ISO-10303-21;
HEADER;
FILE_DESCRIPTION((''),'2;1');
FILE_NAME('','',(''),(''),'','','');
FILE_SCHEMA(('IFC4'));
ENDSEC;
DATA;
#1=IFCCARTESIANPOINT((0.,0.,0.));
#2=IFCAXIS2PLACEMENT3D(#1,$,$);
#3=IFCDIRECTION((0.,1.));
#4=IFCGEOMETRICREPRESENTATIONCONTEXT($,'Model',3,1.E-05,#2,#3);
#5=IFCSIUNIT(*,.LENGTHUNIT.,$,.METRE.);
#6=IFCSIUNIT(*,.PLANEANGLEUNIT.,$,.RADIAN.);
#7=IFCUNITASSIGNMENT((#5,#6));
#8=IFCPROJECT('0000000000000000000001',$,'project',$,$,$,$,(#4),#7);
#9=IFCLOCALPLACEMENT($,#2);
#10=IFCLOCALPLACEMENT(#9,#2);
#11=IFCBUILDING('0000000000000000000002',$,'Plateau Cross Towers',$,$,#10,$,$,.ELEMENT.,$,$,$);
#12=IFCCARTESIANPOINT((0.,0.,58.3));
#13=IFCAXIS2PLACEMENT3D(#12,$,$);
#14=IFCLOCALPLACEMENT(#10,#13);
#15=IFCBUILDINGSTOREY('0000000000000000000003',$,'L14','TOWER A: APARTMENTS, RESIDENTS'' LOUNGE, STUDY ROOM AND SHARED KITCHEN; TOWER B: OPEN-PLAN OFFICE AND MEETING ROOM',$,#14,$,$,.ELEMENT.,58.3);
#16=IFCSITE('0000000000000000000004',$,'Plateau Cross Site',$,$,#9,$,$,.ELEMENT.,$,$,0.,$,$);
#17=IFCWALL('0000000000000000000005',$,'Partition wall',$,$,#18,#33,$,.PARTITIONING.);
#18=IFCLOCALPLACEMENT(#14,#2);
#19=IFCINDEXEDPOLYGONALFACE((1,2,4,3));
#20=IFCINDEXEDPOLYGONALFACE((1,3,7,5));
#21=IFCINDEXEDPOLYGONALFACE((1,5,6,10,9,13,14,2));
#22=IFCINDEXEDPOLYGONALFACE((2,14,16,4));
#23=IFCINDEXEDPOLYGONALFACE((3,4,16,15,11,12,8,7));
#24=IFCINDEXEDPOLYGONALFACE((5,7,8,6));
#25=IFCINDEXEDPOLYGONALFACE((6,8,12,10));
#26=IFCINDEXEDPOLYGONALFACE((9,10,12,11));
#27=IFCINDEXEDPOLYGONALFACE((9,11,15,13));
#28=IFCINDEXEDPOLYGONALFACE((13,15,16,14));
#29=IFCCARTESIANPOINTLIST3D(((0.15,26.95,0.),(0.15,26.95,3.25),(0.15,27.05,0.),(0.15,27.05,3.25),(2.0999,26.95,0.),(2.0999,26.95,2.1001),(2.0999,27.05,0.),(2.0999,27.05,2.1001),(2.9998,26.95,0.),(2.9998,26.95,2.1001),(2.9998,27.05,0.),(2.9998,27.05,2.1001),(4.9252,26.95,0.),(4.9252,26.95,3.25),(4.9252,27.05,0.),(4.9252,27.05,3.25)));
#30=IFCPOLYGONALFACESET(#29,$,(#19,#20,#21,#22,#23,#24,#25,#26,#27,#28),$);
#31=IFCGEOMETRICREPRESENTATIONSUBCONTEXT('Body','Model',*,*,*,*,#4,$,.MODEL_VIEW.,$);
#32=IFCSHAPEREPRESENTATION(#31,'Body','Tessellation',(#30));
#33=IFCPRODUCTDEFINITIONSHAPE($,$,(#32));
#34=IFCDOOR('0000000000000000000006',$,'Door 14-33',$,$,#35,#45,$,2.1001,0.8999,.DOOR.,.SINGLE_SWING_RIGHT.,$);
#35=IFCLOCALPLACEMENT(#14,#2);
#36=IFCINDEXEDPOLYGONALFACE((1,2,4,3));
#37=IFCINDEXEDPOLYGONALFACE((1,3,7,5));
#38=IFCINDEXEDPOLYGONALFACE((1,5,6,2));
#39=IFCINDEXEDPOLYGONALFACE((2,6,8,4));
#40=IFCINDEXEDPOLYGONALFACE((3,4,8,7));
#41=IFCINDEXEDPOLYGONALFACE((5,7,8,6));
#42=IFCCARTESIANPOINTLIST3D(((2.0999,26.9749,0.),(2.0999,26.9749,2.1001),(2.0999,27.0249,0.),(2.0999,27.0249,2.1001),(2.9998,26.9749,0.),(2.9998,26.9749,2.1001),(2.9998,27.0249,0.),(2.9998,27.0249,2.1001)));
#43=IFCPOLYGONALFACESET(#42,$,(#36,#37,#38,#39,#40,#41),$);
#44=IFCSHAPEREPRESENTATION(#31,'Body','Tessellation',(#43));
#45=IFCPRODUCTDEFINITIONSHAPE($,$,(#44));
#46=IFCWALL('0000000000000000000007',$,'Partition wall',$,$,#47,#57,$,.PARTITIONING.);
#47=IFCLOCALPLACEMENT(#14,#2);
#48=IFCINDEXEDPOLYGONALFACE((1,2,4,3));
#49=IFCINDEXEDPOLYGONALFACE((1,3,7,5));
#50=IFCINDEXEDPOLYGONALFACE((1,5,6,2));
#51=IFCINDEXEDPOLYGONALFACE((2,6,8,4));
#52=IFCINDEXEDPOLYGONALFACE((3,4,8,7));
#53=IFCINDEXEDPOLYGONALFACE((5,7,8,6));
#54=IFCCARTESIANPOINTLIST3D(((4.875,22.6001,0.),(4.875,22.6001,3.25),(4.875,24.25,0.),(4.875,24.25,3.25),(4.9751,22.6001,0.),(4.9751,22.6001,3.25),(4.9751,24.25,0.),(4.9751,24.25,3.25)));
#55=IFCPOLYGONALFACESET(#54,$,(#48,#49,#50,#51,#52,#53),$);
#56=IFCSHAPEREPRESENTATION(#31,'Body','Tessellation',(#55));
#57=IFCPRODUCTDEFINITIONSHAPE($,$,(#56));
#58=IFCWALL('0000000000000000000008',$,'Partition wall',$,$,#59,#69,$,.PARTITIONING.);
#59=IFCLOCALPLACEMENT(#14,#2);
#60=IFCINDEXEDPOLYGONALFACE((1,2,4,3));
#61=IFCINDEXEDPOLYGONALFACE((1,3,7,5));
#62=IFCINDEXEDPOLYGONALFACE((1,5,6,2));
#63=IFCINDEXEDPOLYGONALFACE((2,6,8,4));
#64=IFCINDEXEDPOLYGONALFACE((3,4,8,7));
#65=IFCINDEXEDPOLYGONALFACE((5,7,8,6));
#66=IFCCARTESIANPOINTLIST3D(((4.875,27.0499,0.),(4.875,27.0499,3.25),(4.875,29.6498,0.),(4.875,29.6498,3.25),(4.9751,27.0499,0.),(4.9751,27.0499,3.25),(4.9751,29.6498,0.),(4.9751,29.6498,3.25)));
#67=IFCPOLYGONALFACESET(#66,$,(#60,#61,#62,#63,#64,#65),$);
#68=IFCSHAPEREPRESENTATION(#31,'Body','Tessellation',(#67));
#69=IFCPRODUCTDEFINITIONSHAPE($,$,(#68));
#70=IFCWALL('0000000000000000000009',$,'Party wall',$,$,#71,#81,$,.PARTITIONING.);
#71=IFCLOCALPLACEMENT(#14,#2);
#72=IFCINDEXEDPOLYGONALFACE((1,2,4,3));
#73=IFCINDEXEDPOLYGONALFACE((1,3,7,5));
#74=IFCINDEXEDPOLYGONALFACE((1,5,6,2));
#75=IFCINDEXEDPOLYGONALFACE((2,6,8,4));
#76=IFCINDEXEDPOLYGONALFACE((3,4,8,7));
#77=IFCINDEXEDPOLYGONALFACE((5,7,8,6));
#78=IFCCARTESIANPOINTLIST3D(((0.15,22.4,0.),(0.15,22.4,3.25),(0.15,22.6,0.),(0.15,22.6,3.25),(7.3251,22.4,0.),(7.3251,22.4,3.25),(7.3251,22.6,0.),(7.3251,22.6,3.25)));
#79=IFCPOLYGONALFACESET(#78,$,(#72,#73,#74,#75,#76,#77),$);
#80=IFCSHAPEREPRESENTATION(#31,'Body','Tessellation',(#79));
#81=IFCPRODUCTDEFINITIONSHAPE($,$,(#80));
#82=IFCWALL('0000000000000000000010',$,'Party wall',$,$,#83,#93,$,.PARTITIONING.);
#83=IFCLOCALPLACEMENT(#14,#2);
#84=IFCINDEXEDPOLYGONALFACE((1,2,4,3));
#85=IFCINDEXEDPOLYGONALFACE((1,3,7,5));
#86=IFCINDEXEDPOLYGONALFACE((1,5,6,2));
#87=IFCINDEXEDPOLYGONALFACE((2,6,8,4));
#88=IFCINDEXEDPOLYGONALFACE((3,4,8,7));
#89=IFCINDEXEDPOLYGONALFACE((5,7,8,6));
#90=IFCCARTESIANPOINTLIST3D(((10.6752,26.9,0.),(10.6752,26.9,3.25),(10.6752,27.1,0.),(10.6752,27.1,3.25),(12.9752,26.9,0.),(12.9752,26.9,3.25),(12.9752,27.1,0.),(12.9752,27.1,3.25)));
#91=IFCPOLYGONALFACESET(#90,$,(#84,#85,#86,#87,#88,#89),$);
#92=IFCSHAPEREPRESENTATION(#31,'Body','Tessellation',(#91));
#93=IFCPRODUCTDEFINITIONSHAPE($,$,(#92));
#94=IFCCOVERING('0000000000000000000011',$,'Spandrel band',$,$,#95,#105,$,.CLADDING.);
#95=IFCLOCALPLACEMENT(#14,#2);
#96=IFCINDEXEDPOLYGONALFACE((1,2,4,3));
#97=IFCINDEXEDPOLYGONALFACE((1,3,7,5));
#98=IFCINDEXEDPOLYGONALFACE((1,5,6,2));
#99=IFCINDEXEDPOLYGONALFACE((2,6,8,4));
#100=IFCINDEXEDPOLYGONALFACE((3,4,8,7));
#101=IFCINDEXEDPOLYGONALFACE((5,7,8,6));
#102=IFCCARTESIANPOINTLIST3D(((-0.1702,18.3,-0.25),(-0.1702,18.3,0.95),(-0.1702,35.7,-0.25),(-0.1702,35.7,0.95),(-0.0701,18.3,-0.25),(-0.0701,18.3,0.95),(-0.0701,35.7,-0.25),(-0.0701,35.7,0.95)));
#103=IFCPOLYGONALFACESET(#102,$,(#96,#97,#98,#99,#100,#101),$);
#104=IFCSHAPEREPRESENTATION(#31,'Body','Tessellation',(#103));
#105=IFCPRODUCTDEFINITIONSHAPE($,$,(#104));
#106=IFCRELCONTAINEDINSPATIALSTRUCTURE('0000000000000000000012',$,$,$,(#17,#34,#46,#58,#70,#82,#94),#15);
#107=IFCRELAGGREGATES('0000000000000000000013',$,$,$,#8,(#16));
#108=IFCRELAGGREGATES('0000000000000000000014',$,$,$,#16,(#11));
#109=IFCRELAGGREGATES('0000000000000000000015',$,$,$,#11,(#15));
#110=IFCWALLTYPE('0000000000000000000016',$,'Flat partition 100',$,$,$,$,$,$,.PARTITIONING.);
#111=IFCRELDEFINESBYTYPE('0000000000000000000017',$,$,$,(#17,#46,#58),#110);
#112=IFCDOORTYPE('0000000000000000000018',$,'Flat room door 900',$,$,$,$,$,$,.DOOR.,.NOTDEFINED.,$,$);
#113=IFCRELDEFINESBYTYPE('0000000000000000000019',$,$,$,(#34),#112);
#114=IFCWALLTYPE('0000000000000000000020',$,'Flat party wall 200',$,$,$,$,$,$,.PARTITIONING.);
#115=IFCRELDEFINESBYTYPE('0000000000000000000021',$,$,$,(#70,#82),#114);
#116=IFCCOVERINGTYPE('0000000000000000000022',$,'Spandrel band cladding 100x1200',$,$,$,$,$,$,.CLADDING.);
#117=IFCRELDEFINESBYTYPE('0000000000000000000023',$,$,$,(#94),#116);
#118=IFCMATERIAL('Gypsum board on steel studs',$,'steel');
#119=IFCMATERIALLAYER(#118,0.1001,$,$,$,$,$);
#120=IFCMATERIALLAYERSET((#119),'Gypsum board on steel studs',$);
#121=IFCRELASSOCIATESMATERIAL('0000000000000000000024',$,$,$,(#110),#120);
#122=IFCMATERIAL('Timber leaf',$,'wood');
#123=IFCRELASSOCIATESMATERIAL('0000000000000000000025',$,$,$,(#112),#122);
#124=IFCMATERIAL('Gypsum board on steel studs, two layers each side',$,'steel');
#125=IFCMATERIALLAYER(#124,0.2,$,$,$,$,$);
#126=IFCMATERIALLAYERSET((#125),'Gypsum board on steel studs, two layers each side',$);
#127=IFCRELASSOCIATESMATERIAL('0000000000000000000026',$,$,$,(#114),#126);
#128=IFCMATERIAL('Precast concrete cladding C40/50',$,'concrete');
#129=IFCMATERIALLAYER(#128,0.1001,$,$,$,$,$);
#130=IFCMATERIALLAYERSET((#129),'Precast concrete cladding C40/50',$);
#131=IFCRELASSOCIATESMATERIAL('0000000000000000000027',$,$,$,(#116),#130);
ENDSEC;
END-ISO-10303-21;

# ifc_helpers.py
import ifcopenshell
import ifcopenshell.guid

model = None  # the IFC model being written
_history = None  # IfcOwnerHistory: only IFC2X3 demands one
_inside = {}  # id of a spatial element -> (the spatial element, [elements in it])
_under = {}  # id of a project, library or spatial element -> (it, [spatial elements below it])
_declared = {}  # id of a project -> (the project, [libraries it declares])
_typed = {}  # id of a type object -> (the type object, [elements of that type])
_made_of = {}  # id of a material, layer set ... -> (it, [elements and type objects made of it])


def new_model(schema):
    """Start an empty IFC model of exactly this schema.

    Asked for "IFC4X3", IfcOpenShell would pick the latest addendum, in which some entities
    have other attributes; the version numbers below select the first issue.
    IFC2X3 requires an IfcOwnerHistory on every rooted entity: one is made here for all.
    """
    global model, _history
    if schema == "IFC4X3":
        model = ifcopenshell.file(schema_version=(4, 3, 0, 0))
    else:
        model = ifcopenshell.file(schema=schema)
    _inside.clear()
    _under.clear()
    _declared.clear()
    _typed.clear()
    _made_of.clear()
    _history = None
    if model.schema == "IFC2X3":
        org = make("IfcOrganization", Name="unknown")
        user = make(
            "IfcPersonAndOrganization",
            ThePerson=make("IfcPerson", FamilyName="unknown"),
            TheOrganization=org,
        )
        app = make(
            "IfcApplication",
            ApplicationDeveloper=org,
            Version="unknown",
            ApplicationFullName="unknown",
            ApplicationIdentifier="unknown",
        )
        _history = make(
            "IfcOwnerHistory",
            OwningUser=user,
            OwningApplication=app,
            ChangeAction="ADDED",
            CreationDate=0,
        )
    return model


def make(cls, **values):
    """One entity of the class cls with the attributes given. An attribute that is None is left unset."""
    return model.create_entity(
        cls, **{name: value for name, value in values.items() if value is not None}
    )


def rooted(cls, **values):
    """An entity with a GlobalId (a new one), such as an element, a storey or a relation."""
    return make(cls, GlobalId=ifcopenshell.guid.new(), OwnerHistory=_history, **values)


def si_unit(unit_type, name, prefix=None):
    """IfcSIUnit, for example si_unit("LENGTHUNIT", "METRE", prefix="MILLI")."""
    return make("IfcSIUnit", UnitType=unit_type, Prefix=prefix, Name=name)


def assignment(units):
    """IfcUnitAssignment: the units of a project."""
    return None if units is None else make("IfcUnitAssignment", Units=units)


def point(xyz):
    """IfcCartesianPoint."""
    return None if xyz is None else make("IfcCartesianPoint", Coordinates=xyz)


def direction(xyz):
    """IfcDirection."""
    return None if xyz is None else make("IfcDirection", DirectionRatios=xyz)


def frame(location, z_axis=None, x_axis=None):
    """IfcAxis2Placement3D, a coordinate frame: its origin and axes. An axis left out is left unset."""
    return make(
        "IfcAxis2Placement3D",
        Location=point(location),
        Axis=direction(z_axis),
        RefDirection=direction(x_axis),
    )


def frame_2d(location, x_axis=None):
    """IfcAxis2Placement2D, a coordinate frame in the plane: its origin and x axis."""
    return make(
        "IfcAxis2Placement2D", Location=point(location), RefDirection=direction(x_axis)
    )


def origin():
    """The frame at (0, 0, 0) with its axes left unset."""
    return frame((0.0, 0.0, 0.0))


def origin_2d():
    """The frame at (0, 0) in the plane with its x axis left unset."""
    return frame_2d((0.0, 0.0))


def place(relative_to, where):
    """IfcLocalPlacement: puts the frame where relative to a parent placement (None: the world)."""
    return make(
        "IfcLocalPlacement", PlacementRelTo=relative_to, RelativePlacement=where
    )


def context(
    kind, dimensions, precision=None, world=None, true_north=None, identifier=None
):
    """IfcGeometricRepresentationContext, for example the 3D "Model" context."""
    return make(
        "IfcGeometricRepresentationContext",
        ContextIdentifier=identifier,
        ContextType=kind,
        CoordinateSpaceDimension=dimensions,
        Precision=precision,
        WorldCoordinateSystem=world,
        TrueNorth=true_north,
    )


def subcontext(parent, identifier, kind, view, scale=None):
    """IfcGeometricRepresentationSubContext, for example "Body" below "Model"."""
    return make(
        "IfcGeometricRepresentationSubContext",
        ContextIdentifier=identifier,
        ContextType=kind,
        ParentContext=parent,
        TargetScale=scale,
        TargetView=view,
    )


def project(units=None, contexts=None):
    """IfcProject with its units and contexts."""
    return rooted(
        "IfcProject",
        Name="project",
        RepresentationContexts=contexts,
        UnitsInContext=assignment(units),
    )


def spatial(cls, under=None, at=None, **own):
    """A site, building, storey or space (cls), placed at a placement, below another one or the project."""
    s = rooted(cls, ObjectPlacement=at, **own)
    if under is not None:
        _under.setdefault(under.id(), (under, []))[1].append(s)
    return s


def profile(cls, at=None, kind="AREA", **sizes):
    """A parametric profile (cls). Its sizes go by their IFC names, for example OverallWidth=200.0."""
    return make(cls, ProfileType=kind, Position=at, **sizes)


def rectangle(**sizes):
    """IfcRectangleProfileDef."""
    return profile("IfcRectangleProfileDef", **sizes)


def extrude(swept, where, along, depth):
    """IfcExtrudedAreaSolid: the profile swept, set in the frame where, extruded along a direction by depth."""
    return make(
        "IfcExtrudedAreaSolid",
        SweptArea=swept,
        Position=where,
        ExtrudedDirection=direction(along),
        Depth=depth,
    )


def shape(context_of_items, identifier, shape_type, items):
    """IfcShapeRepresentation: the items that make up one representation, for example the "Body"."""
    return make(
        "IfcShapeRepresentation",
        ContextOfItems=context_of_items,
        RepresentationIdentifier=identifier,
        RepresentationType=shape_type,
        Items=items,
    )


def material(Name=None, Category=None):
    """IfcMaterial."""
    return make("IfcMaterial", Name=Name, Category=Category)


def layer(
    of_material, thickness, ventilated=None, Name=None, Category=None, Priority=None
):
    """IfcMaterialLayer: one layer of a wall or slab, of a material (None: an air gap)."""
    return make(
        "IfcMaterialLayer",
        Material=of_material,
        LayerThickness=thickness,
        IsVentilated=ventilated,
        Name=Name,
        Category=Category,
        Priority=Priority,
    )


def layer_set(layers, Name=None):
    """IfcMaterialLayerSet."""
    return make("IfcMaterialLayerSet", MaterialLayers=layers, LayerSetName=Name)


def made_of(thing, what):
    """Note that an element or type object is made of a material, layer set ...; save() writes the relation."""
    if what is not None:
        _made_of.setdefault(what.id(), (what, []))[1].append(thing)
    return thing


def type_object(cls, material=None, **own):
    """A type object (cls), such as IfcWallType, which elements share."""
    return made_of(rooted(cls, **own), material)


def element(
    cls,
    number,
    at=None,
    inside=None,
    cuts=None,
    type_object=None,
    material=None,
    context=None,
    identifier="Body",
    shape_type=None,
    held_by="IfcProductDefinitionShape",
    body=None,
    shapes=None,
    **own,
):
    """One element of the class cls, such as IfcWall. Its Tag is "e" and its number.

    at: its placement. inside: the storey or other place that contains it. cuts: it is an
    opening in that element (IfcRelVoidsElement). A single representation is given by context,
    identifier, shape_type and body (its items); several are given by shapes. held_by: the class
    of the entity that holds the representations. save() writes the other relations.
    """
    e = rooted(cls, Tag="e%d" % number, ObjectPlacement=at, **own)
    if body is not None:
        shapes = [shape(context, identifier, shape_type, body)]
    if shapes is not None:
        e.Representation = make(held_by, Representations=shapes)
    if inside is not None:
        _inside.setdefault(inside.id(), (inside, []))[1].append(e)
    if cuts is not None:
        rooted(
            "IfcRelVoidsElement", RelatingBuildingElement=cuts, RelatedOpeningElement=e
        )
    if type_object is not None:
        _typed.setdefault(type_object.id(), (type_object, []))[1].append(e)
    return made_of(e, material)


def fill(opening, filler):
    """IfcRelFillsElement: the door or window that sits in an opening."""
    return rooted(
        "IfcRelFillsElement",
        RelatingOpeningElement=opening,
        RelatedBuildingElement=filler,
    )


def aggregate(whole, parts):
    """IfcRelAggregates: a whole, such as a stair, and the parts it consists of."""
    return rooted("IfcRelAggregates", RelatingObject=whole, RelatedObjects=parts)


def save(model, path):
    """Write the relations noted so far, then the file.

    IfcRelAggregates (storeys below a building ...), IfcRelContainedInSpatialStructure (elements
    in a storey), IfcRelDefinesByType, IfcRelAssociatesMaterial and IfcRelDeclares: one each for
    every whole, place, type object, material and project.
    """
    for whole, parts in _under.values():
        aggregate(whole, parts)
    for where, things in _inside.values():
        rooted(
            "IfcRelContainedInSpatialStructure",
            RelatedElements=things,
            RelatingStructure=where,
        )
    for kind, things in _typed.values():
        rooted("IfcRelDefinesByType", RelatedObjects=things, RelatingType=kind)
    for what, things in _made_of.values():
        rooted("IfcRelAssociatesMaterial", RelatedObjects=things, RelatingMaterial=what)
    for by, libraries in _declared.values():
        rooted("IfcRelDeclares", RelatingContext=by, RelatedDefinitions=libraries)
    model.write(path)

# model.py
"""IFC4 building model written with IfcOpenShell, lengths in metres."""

from ifc_helpers import new_model, si_unit, direction, frame, frame_2d, origin, origin_2d, place, context, subcontext, project, spatial, rectangle, extrude, material, layer, layer_set, type_object, element, fill, save


model = new_model("IFC4")

# Units and contexts
model_context = context("Model", 3, precision=1e-05, world=origin(), true_north=direction((0.0, 1.0)))
body_context = subcontext(model_context, "Body", "Model", "MODEL_VIEW")
ifc_project = project(units=[si_unit("LENGTHUNIT", "METRE"), si_unit("PLANEANGLEUNIT", "RADIAN")], contexts=[model_context])

# Site, building, storey
site_placement = place(None, origin())
site = spatial("IfcSite", under=ifc_project, at=site_placement, Name="Plateau Cross Site", CompositionType="ELEMENT", RefElevation=0.0)
building_placement = place(site_placement, origin())
building = spatial("IfcBuilding", under=site, at=building_placement, Name="Plateau Cross Towers", CompositionType="ELEMENT")
storey_placement = place(building_placement, frame((0.0, 0.0, 58.3)))
storey = spatial("IfcBuildingStorey", under=building, at=storey_placement, Name="L14", Description="TOWER A: APARTMENTS, RESIDENTS' LOUNGE, STUDY ROOM AND SHARED KITCHEN; TOWER B: OPEN-PLAN OFFICE AND MEETING ROOM", CompositionType="ELEMENT", Elevation=58.3)

# Wall, opening, door
ifc_material_1 = material(Name="Gypsum board on steel studs", Category="steel")
ifc_layer_1 = layer(ifc_material_1, 0.1001)
ifc_layer_set_1 = layer_set([ifc_layer_1], Name="Gypsum board on steel studs")
wall_type_1 = type_object("IfcWallType", Name="Flat partition 100", PredefinedType="PARTITIONING", material=ifc_layer_set_1)
ifc_material_2 = material(Name="Timber leaf", Category="wood")
door_type_1 = type_object("IfcDoorType", Name="Flat room door 900", OperationType="NOTDEFINED", PredefinedType="DOOR", material=ifc_material_2)
wall_1_placement = place(storey_placement, frame((0.1499, 27.0, 0.0), z_axis=(0.0, 0.0, 1.0), x_axis=(1.0, 0.0, 0.0)))
wall_1 = element("IfcWall", 1, at=wall_1_placement, inside=storey, type_object=wall_type_1, Name="Partition wall", PredefinedType="PARTITIONING", context=body_context, shape_type="SweptSolid", body=[
    extrude(rectangle(XDim=4.7751, YDim=0.1001, at=frame_2d((2.3877, 0.0))), origin(), (0.0, 0.0, 1.0), 3.25),
])
opening_1_placement = place(wall_1_placement, frame((1.95, 0.0, 0.0)))
opening_1 = element("IfcOpeningElement", 2, at=opening_1_placement, cuts=wall_1, PredefinedType="OPENING", context=body_context, shape_type="SweptSolid", body=[
    extrude(rectangle(XDim=0.8999, YDim=2.1001, at=frame_2d((0.45, 1.05))), frame((0.0, 0.0601, 0.0), z_axis=(0.0, -1.0, 0.0), x_axis=(1.0, 0.0, 0.0)), (0.0, 0.0, 1.0), 0.1201),
])
door_1_placement = place(opening_1_placement, origin())
door_1 = element("IfcDoor", 3, at=door_1_placement, inside=storey, type_object=door_type_1, Name="Door 14-33", OperationType="SINGLE_SWING_RIGHT", OverallHeight=2.1001, OverallWidth=0.8999, PredefinedType="DOOR", context=body_context, shape_type="SweptSolid", body=[
    extrude(rectangle(XDim=0.8999, YDim=2.1001, at=frame_2d((0.45, 1.05))), frame((0.0, 0.0249, 0.0), z_axis=(0.0, -1.0, 0.0), x_axis=(1.0, 0.0, 0.0)), (0.0, 0.0, 1.0), 0.05),
])
fill(opening_1, door_1)

# Walls
wall_2_placement = place(storey_placement, frame((4.925, 24.25, 0.0), z_axis=(0.0, 0.0, 1.0), x_axis=(0.0, -1.0, 0.0)))
element("IfcWall", 4, at=wall_2_placement, inside=storey, type_object=wall_type_1, Name="Partition wall", PredefinedType="PARTITIONING", context=body_context, shape_type="SweptSolid", body=[
    extrude(rectangle(XDim=1.6499, YDim=0.1001, at=frame_2d((0.825, 0.0))), origin(), (0.0, 0.0, 1.0), 3.25),
])
wall_3_placement = place(storey_placement, frame((4.925, 27.05, 0.0), z_axis=(0.0, 0.0, 1.0), x_axis=(0.0, 1.0, 0.0)))
element("IfcWall", 5, at=wall_3_placement, inside=storey, type_object=wall_type_1, Name="Partition wall", PredefinedType="PARTITIONING", context=body_context, shape_type="SweptSolid", body=[
    extrude(rectangle(XDim=2.5999, YDim=0.1001, at=frame_2d((1.2998, 0.0))), origin(), (0.0, 0.0, 1.0), 3.25),
])
ifc_material_3 = material(Name="Gypsum board on steel studs, two layers each side", Category="steel")
ifc_layer_2 = layer(ifc_material_3, 0.2)
ifc_layer_set_2 = layer_set([ifc_layer_2], Name="Gypsum board on steel studs, two layers each side")
wall_type_2 = type_object("IfcWallType", Name="Flat party wall 200", PredefinedType="PARTITIONING", material=ifc_layer_set_2)
wall_4_placement = place(storey_placement, frame((7.325, 22.5, 0.0), z_axis=(0.0, 0.0, 1.0), x_axis=(-1.0, 0.0, 0.0)))
element("IfcWall", 6, at=wall_4_placement, inside=storey, type_object=wall_type_2, Name="Party wall", PredefinedType="PARTITIONING", context=body_context, shape_type="SweptSolid", body=[
    extrude(rectangle(XDim=7.175, YDim=0.2, at=frame_2d((3.5874, 0.0))), origin(), (0.0, 0.0, 1.0), 3.25),
])
wall_5_placement = place(storey_placement, frame((12.9751, 27.0, 0.0), z_axis=(0.0, 0.0, 1.0), x_axis=(-1.0, 0.0, 0.0)))
element("IfcWall", 7, at=wall_5_placement, inside=storey, type_object=wall_type_2, Name="Party wall", PredefinedType="PARTITIONING", context=body_context, shape_type="SweptSolid", body=[
    extrude(rectangle(XDim=2.3, YDim=0.2, at=frame_2d((1.1499, 0.0))), origin(), (0.0, 0.0, 1.0), 3.25),
])

# Covering
ifc_material_4 = material(Name="Precast concrete cladding C40/50", Category="concrete")
ifc_layer_3 = layer(ifc_material_4, 0.1001)
ifc_layer_set_3 = layer_set([ifc_layer_3], Name="Precast concrete cladding C40/50")
covering_type = type_object("IfcCoveringType", Name="Spandrel band cladding 100x1200", PredefinedType="CLADDING", material=ifc_layer_set_3)
covering_placement = place(storey_placement, frame((-0.1201, 27.0, -0.25), z_axis=(0.0, 0.0, 1.0), x_axis=(0.0, -1.0, 0.0)))
element("IfcCovering", 8, at=covering_placement, inside=storey, type_object=covering_type, Name="Spandrel band", PredefinedType="CLADDING", context=body_context, shape_type="SweptSolid", body=[
    extrude(rectangle(XDim=17.3999, YDim=0.1001, at=origin_2d()), origin(), (0.0, 0.0, 1.0), 1.2),
])

save(model, "model.ifc")
